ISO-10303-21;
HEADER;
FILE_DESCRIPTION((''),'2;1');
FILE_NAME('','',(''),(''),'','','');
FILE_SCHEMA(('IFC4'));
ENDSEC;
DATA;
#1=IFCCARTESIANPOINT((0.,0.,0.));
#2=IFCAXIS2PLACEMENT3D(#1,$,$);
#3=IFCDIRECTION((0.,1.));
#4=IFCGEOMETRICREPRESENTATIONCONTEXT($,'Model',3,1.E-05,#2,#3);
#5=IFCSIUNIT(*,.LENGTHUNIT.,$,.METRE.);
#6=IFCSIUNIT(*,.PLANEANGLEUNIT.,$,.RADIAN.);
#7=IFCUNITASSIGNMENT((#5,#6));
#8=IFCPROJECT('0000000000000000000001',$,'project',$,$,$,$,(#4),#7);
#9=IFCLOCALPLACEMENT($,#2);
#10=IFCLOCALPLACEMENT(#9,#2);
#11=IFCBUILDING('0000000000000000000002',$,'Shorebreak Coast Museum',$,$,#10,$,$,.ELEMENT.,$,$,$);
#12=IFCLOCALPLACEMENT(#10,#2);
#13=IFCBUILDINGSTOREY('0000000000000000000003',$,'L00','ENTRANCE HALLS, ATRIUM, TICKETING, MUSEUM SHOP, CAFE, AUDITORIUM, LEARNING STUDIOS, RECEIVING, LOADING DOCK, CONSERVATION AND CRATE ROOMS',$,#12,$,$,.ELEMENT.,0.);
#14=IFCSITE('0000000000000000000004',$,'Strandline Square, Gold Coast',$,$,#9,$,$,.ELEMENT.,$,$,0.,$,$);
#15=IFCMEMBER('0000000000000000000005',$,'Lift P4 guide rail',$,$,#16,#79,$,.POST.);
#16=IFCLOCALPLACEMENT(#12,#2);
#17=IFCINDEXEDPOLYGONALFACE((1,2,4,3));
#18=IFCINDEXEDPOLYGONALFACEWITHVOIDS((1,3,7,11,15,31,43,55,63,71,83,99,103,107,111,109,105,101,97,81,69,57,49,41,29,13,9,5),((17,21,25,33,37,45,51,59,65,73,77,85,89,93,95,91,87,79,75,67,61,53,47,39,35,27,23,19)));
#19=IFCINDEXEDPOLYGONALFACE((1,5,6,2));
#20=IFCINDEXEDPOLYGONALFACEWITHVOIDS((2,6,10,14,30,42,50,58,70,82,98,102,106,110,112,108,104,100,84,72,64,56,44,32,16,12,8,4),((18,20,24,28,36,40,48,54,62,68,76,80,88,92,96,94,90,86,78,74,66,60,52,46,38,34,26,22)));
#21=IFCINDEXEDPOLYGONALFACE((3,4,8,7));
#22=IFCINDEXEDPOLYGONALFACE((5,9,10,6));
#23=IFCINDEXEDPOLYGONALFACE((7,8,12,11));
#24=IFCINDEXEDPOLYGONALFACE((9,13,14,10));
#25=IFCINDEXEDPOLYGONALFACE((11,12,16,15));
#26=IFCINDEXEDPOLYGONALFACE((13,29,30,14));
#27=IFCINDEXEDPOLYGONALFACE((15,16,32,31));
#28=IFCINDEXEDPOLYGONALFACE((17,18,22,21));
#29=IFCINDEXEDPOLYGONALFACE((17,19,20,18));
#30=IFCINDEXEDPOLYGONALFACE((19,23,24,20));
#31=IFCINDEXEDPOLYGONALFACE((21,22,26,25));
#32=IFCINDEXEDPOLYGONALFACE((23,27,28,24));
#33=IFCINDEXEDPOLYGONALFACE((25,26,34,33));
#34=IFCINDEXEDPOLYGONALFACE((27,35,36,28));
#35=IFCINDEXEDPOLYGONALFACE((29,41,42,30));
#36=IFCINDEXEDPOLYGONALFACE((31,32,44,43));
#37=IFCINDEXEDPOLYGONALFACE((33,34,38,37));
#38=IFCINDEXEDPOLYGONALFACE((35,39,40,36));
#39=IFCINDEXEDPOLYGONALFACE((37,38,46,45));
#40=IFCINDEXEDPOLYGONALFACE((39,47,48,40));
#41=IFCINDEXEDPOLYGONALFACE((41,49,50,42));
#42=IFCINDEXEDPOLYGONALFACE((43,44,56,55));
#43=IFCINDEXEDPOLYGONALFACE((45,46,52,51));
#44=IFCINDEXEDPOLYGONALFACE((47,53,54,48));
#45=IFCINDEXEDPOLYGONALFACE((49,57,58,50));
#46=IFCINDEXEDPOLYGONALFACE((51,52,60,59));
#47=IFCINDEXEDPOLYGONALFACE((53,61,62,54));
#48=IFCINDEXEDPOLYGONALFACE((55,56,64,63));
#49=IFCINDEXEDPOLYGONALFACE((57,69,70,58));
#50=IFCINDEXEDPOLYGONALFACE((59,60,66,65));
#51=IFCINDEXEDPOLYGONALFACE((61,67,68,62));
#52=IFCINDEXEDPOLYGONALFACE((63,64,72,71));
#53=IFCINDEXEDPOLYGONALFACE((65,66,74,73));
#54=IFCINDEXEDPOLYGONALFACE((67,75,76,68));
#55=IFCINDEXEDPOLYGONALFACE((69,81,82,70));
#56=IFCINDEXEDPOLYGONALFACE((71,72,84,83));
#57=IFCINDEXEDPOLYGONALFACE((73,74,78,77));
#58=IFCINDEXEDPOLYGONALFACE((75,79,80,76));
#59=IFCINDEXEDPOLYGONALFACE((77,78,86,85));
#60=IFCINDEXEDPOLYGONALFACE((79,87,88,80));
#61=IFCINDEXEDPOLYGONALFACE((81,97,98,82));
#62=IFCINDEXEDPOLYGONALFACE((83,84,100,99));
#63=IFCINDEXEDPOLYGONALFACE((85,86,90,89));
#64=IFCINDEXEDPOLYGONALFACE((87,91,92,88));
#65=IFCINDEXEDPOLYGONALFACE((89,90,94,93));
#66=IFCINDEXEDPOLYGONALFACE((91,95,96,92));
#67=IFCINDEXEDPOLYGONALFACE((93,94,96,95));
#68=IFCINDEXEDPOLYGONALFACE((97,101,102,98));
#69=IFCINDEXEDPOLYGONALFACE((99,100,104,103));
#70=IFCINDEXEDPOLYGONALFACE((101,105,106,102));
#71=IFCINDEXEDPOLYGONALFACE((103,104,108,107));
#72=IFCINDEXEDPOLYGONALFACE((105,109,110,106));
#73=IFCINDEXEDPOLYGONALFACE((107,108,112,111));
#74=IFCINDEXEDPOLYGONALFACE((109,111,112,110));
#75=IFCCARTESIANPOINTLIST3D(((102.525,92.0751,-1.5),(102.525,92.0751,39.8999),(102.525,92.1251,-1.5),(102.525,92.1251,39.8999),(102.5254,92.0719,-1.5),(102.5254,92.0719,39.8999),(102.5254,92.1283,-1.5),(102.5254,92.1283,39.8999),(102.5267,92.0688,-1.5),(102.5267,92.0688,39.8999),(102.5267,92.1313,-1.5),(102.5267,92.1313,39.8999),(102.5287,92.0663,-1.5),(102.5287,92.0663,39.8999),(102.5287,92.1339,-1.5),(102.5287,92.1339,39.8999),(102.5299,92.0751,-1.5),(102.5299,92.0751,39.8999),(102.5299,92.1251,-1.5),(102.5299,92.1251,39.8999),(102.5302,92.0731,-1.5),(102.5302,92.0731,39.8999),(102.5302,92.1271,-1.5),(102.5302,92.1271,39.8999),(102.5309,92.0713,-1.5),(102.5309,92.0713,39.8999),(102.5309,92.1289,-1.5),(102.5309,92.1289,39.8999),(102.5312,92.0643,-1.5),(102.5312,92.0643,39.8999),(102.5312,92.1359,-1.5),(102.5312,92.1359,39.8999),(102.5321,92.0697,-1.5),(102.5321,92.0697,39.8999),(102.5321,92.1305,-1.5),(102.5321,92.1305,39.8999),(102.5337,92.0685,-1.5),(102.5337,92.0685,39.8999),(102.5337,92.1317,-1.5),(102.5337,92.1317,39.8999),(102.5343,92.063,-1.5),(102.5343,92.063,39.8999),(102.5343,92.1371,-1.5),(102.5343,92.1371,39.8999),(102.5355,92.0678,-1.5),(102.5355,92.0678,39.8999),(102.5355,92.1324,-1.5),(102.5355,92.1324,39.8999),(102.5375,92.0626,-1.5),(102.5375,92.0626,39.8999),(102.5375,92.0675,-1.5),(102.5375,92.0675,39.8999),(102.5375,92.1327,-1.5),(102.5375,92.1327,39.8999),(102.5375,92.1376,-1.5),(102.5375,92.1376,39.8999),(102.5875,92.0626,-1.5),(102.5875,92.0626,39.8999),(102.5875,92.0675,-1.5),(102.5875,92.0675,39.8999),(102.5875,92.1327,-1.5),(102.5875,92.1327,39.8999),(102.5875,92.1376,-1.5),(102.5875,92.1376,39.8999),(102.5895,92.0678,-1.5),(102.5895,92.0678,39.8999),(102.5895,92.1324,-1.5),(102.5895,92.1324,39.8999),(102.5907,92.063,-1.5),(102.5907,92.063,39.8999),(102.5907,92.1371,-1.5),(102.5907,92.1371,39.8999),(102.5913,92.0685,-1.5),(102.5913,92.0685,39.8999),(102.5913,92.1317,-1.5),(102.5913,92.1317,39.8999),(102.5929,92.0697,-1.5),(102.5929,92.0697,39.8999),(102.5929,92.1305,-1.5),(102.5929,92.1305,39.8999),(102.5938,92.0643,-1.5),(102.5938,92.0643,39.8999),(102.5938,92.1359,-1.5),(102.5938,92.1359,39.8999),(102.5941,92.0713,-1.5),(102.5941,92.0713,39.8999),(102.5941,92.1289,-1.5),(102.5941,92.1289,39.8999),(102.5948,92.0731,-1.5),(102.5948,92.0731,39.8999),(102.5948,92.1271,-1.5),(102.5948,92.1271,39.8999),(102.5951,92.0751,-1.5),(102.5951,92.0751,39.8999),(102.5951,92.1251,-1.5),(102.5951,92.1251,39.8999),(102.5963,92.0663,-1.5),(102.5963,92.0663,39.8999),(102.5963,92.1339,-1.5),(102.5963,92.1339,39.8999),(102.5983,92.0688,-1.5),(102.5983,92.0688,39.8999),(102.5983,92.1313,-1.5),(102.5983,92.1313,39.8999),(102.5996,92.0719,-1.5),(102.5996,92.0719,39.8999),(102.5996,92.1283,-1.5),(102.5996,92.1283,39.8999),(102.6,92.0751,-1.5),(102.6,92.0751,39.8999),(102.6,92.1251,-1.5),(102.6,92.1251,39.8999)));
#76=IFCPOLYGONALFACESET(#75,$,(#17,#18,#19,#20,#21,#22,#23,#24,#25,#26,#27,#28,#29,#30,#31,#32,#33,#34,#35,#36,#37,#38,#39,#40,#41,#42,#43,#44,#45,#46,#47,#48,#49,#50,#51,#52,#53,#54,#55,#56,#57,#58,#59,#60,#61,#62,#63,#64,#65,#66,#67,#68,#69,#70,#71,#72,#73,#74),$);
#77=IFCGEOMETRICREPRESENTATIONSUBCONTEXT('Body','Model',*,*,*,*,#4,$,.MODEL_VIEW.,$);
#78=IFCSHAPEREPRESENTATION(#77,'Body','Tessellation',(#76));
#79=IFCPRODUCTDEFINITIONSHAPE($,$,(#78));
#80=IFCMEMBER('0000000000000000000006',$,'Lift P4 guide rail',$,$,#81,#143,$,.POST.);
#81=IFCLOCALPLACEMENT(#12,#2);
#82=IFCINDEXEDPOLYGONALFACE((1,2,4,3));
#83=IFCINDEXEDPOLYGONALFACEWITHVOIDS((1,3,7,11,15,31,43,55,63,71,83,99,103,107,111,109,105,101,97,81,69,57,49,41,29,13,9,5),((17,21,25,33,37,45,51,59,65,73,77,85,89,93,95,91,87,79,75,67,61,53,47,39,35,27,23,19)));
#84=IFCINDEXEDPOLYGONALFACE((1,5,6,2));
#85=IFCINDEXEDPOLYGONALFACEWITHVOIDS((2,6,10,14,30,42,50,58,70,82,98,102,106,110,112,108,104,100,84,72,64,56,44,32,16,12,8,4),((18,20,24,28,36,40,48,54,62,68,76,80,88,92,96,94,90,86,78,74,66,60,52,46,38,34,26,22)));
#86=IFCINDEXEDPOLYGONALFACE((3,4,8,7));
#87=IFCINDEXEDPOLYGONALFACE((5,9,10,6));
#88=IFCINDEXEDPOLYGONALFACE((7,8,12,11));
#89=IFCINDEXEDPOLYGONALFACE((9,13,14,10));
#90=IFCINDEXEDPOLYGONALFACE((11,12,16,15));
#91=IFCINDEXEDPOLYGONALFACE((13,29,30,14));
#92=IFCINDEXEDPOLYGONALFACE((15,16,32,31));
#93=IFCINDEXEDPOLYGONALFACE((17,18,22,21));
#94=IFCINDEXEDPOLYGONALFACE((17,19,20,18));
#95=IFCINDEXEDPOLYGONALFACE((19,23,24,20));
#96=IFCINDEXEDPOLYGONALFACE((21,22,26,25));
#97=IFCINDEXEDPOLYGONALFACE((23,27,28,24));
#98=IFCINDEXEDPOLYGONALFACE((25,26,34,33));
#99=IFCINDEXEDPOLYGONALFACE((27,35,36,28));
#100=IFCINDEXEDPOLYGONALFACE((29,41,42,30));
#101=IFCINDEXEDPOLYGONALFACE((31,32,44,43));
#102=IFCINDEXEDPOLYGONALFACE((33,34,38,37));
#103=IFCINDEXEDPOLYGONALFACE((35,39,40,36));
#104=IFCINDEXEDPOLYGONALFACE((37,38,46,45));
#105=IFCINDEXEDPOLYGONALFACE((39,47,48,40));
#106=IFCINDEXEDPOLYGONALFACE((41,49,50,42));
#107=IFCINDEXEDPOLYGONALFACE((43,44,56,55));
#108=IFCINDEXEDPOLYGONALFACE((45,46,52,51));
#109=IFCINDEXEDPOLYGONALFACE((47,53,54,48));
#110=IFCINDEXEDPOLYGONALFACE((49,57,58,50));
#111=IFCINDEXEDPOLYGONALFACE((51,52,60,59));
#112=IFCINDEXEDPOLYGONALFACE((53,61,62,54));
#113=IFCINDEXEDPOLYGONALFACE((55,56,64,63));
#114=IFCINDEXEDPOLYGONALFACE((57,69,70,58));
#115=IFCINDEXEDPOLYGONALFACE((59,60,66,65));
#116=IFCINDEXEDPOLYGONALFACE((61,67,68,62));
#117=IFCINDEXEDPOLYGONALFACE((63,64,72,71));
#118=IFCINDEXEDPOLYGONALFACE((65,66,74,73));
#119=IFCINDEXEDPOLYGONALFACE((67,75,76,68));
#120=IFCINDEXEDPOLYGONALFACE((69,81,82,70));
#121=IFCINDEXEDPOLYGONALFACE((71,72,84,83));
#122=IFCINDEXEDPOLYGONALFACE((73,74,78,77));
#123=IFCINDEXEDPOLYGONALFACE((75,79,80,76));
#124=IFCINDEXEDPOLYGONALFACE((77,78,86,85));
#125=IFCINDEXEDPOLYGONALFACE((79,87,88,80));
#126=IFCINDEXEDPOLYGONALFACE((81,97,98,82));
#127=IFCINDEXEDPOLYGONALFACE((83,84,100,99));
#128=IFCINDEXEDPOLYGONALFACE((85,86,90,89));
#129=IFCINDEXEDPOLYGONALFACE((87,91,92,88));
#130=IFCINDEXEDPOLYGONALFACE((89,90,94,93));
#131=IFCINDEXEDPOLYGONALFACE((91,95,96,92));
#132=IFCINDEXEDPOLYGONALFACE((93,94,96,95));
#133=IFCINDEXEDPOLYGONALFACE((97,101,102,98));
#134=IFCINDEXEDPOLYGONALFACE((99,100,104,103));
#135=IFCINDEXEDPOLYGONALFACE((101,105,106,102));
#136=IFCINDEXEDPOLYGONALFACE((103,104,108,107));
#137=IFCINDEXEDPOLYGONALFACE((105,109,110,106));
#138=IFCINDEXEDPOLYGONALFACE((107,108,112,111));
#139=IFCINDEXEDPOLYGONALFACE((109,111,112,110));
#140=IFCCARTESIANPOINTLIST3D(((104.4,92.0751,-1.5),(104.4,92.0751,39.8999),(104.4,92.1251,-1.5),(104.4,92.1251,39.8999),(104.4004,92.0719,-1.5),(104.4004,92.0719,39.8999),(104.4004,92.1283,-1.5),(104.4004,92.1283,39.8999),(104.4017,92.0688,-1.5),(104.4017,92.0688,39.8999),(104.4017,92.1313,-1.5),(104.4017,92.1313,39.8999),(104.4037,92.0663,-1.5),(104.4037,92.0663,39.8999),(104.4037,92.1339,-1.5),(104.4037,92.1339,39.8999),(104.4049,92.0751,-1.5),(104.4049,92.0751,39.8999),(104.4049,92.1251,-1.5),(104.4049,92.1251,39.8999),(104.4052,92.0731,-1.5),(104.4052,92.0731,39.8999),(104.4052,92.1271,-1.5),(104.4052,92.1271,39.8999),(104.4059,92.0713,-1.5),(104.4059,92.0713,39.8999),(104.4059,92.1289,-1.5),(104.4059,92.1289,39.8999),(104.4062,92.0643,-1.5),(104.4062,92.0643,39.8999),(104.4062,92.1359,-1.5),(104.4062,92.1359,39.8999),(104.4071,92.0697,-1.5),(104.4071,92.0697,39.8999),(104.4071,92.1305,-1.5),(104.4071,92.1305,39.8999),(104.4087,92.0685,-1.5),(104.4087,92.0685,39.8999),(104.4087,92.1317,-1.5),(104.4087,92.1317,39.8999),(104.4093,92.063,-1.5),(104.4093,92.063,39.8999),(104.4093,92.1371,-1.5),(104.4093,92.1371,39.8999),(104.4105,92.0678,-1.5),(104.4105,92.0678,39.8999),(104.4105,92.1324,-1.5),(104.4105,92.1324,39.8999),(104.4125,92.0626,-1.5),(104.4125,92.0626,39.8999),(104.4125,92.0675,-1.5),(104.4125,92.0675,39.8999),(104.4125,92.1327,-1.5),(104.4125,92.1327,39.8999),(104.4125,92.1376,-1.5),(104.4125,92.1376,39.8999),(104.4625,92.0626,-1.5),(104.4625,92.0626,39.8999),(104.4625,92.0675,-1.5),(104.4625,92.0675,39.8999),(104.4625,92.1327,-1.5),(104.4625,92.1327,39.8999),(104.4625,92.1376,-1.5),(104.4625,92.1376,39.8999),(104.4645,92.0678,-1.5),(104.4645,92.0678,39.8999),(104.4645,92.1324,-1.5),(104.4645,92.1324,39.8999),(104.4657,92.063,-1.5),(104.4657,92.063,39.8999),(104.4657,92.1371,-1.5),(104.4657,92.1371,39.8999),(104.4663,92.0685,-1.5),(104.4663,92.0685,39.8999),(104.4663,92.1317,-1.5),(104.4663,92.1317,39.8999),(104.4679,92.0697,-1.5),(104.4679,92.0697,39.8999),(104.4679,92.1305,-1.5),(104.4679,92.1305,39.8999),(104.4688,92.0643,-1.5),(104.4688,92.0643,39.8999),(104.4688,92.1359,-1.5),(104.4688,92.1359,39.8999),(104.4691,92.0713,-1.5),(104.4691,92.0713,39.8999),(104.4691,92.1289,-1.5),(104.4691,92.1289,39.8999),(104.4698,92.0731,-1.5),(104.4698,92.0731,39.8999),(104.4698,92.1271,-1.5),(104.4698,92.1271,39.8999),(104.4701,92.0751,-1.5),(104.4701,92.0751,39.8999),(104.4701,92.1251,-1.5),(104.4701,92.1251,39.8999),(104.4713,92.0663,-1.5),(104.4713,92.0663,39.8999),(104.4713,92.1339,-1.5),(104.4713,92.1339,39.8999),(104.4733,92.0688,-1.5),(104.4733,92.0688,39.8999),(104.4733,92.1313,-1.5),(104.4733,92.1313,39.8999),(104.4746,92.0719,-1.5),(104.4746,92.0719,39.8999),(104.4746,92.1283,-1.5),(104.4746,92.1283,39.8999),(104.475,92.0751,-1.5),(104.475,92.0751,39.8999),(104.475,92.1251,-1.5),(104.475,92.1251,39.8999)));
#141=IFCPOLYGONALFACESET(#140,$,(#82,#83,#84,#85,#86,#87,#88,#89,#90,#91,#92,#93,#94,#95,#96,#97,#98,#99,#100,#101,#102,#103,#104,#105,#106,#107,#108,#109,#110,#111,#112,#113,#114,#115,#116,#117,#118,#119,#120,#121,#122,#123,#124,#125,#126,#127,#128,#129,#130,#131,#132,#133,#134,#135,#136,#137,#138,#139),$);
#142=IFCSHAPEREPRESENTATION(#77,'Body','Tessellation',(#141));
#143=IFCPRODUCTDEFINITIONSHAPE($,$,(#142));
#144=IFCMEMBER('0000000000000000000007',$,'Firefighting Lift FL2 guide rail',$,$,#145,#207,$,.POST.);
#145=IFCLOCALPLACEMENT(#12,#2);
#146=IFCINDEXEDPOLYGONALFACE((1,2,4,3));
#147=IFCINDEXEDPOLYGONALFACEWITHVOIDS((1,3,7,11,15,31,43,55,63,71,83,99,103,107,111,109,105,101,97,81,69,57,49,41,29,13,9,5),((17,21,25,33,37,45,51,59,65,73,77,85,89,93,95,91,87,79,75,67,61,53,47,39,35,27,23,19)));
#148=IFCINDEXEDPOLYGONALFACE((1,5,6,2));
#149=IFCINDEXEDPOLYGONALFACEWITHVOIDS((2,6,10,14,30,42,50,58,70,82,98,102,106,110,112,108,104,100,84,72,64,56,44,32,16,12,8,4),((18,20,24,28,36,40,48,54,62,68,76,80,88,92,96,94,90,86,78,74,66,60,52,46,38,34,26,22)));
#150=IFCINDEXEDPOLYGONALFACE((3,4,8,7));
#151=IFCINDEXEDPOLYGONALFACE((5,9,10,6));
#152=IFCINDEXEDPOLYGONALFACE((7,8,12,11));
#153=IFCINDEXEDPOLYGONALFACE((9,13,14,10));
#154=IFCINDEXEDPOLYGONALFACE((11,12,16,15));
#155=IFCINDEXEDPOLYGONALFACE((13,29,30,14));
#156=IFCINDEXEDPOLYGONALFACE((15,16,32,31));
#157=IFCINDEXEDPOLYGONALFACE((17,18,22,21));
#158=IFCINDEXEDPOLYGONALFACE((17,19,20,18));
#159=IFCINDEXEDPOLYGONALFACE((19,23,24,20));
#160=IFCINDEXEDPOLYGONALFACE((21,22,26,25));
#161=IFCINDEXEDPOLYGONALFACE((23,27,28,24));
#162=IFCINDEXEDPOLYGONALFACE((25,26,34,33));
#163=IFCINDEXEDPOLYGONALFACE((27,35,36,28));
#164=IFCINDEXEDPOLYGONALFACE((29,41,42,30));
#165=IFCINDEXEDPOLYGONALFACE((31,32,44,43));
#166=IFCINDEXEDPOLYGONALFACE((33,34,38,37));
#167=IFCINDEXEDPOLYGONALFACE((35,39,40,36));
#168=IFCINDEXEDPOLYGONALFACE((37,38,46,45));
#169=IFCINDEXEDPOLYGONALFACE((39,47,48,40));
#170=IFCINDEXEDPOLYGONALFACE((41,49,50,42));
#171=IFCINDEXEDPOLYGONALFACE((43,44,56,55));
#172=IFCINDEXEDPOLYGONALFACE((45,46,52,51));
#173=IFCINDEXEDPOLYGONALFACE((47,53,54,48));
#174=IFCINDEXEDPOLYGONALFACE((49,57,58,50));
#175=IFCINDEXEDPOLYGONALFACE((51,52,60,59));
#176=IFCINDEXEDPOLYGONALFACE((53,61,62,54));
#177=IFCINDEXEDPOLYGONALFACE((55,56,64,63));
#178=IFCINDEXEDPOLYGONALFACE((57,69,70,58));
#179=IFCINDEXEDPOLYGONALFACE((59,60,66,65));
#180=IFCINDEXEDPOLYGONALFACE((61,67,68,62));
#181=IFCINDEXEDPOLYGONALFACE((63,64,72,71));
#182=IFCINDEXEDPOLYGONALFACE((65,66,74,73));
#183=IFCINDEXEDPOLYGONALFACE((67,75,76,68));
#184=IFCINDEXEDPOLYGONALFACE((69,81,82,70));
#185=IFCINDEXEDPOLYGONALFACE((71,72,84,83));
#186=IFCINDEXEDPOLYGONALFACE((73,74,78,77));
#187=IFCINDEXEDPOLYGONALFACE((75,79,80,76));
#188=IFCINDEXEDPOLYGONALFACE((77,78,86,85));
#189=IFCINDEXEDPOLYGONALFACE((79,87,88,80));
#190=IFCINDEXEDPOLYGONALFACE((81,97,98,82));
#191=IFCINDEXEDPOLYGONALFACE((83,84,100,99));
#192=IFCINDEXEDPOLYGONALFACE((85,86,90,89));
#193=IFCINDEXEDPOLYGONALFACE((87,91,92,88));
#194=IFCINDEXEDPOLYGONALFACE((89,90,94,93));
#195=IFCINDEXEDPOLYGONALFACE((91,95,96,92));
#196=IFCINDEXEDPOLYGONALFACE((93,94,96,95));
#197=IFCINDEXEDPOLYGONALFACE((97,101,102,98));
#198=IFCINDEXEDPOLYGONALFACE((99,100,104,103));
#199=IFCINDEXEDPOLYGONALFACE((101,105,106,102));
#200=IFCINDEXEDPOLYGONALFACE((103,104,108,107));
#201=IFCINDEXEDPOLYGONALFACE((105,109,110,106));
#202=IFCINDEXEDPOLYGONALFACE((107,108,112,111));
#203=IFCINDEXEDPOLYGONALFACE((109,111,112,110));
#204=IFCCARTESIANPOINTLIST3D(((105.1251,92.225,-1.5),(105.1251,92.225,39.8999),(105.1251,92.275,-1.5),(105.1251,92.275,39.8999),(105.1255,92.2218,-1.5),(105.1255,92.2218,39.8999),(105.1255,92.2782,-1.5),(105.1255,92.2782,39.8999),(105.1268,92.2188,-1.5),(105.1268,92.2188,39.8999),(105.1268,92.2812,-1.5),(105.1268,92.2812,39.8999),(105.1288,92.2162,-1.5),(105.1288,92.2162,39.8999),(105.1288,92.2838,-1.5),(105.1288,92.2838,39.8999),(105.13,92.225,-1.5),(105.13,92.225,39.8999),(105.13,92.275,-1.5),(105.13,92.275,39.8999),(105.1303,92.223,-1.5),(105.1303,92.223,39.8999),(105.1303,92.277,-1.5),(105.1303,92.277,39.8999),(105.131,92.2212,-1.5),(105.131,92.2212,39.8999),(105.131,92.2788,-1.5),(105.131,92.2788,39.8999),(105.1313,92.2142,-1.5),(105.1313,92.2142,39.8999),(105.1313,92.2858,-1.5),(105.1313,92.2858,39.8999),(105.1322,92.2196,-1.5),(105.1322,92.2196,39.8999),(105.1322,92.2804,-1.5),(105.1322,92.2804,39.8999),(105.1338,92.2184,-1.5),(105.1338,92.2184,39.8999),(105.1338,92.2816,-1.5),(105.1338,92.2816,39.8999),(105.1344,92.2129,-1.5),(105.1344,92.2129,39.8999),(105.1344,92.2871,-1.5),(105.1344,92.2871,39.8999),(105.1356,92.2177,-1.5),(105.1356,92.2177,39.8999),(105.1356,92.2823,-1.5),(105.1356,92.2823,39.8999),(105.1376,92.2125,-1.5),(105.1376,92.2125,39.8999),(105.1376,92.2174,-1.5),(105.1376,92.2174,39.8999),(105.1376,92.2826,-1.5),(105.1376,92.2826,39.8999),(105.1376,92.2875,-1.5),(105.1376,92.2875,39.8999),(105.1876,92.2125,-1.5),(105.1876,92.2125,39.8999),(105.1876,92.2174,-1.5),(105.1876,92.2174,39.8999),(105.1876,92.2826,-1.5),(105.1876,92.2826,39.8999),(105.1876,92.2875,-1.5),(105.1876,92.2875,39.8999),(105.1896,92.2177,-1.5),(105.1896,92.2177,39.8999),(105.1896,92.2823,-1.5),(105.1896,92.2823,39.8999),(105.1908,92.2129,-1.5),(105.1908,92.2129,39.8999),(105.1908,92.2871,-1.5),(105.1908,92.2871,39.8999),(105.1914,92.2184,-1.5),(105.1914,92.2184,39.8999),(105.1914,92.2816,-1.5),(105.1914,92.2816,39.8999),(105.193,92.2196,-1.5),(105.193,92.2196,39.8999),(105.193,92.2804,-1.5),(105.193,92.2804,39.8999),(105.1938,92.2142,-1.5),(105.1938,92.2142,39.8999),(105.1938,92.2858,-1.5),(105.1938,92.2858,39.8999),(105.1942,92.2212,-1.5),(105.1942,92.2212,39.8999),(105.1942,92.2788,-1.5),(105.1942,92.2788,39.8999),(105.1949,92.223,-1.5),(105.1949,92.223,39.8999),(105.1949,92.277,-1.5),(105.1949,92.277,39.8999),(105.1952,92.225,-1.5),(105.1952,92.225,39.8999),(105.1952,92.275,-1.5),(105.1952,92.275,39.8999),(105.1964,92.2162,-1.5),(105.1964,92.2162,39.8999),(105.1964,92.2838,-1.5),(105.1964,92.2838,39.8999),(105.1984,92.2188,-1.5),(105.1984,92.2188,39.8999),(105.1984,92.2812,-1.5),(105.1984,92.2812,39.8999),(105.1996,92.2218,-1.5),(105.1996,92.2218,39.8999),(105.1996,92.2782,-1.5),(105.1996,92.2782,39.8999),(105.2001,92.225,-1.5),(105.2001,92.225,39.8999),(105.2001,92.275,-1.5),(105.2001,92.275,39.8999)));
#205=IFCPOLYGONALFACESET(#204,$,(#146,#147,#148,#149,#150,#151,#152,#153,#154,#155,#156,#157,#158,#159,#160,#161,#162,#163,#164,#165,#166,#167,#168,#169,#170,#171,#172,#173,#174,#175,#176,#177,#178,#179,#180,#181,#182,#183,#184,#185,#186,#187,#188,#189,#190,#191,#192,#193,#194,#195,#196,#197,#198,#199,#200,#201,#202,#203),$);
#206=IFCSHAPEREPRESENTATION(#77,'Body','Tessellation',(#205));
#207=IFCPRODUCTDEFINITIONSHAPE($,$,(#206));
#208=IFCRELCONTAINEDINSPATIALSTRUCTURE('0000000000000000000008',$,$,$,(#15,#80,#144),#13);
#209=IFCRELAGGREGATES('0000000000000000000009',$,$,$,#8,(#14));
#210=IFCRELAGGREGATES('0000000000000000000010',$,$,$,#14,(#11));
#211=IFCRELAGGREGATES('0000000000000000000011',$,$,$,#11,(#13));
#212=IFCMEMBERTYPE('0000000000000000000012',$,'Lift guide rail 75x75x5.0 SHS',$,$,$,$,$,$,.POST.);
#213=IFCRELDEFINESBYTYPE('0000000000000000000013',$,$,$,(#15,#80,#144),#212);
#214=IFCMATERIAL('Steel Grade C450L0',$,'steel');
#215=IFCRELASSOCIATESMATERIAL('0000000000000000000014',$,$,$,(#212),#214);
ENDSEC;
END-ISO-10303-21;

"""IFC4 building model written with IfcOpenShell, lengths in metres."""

from ifc_helpers import new_model, si_unit, direction, frame, origin, origin_2d, place, context, subcontext, project, spatial, hollow_rectangle, extrude, material, material_profile, profile_set, type_object, element, save


model = new_model("IFC4")

# Units and contexts
model_context = context("Model", 3, precision=1e-05, world=origin(), true_north=direction((0.0, 1.0)))
body_context = subcontext(model_context, "Body", "Model", "MODEL_VIEW")
ifc_project = project(units=[si_unit("LENGTHUNIT", "METRE"), si_unit("PLANEANGLEUNIT", "RADIAN")], contexts=[model_context])

# Site, building, storey
site_placement = place(None, origin())
site = spatial("IfcSite", under=ifc_project, at=site_placement, Name="Strandline Square, Gold Coast", CompositionType="ELEMENT", RefElevation=0.0)
building_placement = place(site_placement, origin())
building = spatial("IfcBuilding", under=site, at=building_placement, Name="Shorebreak Coast Museum", CompositionType="ELEMENT")
storey_placement = place(building_placement, origin())
storey = spatial("IfcBuildingStorey", under=building, at=storey_placement, Name="L00", Description="ENTRANCE HALLS, ATRIUM, TICKETING, MUSEUM SHOP, CAFE, AUDITORIUM, LEARNING STUDIOS, RECEIVING, LOADING DOCK, CONSERVATION AND CRATE ROOMS", CompositionType="ELEMENT", Elevation=0.0)

# Members
ifc_material_1 = material(Name="Steel Grade C450L0", Category="steel")
ifc_material_profile_1 = material_profile(ifc_material_1, hollow_rectangle(XDim=0.075, YDim=0.075, WallThickness=0.0049, InnerFilletRadius=0.0076, OuterFilletRadius=0.0125, at=origin_2d()), Name="75x75x5.0 SHS")
ifc_profile_set_1 = profile_set([ifc_material_profile_1], Name="Steel Grade C450L0")
member_type = type_object("IfcMemberType", Name="Lift guide rail 75x75x5.0 SHS", PredefinedType="POST", material=ifc_profile_set_1)
for number, where, z_axis, x_axis, name in (
    (1, (102.5625, 92.1001, -1.5), (0.0, 0.0, 1.0), (1.0, 0.0, 0.0), "Lift P4 guide rail"),
    (2, (104.4375, 92.1001, -1.5), (0.0, 0.0, 1.0), (1.0, 0.0, 0.0), "Lift P4 guide rail"),
    (3, (105.1626, 92.25, -1.5), (0.0, 0.0, 1.0), (1.0, 0.0, 0.0), "Firefighting Lift FL2 guide rail"),
):
    element("IfcMember", number, at=place(storey_placement, frame(where, z_axis=z_axis, x_axis=x_axis)), inside=storey, type_object=member_type, Name=name, PredefinedType="POST", context=body_context, shape_type="SweptSolid", body=[
        extrude(hollow_rectangle(XDim=0.075, YDim=0.075, WallThickness=0.0049, InnerFilletRadius=0.0076, OuterFilletRadius=0.0125, at=origin_2d()), origin(), (0.0, 0.0, 1.0), 41.3999),
    ])

save(model, "model.ifc")
